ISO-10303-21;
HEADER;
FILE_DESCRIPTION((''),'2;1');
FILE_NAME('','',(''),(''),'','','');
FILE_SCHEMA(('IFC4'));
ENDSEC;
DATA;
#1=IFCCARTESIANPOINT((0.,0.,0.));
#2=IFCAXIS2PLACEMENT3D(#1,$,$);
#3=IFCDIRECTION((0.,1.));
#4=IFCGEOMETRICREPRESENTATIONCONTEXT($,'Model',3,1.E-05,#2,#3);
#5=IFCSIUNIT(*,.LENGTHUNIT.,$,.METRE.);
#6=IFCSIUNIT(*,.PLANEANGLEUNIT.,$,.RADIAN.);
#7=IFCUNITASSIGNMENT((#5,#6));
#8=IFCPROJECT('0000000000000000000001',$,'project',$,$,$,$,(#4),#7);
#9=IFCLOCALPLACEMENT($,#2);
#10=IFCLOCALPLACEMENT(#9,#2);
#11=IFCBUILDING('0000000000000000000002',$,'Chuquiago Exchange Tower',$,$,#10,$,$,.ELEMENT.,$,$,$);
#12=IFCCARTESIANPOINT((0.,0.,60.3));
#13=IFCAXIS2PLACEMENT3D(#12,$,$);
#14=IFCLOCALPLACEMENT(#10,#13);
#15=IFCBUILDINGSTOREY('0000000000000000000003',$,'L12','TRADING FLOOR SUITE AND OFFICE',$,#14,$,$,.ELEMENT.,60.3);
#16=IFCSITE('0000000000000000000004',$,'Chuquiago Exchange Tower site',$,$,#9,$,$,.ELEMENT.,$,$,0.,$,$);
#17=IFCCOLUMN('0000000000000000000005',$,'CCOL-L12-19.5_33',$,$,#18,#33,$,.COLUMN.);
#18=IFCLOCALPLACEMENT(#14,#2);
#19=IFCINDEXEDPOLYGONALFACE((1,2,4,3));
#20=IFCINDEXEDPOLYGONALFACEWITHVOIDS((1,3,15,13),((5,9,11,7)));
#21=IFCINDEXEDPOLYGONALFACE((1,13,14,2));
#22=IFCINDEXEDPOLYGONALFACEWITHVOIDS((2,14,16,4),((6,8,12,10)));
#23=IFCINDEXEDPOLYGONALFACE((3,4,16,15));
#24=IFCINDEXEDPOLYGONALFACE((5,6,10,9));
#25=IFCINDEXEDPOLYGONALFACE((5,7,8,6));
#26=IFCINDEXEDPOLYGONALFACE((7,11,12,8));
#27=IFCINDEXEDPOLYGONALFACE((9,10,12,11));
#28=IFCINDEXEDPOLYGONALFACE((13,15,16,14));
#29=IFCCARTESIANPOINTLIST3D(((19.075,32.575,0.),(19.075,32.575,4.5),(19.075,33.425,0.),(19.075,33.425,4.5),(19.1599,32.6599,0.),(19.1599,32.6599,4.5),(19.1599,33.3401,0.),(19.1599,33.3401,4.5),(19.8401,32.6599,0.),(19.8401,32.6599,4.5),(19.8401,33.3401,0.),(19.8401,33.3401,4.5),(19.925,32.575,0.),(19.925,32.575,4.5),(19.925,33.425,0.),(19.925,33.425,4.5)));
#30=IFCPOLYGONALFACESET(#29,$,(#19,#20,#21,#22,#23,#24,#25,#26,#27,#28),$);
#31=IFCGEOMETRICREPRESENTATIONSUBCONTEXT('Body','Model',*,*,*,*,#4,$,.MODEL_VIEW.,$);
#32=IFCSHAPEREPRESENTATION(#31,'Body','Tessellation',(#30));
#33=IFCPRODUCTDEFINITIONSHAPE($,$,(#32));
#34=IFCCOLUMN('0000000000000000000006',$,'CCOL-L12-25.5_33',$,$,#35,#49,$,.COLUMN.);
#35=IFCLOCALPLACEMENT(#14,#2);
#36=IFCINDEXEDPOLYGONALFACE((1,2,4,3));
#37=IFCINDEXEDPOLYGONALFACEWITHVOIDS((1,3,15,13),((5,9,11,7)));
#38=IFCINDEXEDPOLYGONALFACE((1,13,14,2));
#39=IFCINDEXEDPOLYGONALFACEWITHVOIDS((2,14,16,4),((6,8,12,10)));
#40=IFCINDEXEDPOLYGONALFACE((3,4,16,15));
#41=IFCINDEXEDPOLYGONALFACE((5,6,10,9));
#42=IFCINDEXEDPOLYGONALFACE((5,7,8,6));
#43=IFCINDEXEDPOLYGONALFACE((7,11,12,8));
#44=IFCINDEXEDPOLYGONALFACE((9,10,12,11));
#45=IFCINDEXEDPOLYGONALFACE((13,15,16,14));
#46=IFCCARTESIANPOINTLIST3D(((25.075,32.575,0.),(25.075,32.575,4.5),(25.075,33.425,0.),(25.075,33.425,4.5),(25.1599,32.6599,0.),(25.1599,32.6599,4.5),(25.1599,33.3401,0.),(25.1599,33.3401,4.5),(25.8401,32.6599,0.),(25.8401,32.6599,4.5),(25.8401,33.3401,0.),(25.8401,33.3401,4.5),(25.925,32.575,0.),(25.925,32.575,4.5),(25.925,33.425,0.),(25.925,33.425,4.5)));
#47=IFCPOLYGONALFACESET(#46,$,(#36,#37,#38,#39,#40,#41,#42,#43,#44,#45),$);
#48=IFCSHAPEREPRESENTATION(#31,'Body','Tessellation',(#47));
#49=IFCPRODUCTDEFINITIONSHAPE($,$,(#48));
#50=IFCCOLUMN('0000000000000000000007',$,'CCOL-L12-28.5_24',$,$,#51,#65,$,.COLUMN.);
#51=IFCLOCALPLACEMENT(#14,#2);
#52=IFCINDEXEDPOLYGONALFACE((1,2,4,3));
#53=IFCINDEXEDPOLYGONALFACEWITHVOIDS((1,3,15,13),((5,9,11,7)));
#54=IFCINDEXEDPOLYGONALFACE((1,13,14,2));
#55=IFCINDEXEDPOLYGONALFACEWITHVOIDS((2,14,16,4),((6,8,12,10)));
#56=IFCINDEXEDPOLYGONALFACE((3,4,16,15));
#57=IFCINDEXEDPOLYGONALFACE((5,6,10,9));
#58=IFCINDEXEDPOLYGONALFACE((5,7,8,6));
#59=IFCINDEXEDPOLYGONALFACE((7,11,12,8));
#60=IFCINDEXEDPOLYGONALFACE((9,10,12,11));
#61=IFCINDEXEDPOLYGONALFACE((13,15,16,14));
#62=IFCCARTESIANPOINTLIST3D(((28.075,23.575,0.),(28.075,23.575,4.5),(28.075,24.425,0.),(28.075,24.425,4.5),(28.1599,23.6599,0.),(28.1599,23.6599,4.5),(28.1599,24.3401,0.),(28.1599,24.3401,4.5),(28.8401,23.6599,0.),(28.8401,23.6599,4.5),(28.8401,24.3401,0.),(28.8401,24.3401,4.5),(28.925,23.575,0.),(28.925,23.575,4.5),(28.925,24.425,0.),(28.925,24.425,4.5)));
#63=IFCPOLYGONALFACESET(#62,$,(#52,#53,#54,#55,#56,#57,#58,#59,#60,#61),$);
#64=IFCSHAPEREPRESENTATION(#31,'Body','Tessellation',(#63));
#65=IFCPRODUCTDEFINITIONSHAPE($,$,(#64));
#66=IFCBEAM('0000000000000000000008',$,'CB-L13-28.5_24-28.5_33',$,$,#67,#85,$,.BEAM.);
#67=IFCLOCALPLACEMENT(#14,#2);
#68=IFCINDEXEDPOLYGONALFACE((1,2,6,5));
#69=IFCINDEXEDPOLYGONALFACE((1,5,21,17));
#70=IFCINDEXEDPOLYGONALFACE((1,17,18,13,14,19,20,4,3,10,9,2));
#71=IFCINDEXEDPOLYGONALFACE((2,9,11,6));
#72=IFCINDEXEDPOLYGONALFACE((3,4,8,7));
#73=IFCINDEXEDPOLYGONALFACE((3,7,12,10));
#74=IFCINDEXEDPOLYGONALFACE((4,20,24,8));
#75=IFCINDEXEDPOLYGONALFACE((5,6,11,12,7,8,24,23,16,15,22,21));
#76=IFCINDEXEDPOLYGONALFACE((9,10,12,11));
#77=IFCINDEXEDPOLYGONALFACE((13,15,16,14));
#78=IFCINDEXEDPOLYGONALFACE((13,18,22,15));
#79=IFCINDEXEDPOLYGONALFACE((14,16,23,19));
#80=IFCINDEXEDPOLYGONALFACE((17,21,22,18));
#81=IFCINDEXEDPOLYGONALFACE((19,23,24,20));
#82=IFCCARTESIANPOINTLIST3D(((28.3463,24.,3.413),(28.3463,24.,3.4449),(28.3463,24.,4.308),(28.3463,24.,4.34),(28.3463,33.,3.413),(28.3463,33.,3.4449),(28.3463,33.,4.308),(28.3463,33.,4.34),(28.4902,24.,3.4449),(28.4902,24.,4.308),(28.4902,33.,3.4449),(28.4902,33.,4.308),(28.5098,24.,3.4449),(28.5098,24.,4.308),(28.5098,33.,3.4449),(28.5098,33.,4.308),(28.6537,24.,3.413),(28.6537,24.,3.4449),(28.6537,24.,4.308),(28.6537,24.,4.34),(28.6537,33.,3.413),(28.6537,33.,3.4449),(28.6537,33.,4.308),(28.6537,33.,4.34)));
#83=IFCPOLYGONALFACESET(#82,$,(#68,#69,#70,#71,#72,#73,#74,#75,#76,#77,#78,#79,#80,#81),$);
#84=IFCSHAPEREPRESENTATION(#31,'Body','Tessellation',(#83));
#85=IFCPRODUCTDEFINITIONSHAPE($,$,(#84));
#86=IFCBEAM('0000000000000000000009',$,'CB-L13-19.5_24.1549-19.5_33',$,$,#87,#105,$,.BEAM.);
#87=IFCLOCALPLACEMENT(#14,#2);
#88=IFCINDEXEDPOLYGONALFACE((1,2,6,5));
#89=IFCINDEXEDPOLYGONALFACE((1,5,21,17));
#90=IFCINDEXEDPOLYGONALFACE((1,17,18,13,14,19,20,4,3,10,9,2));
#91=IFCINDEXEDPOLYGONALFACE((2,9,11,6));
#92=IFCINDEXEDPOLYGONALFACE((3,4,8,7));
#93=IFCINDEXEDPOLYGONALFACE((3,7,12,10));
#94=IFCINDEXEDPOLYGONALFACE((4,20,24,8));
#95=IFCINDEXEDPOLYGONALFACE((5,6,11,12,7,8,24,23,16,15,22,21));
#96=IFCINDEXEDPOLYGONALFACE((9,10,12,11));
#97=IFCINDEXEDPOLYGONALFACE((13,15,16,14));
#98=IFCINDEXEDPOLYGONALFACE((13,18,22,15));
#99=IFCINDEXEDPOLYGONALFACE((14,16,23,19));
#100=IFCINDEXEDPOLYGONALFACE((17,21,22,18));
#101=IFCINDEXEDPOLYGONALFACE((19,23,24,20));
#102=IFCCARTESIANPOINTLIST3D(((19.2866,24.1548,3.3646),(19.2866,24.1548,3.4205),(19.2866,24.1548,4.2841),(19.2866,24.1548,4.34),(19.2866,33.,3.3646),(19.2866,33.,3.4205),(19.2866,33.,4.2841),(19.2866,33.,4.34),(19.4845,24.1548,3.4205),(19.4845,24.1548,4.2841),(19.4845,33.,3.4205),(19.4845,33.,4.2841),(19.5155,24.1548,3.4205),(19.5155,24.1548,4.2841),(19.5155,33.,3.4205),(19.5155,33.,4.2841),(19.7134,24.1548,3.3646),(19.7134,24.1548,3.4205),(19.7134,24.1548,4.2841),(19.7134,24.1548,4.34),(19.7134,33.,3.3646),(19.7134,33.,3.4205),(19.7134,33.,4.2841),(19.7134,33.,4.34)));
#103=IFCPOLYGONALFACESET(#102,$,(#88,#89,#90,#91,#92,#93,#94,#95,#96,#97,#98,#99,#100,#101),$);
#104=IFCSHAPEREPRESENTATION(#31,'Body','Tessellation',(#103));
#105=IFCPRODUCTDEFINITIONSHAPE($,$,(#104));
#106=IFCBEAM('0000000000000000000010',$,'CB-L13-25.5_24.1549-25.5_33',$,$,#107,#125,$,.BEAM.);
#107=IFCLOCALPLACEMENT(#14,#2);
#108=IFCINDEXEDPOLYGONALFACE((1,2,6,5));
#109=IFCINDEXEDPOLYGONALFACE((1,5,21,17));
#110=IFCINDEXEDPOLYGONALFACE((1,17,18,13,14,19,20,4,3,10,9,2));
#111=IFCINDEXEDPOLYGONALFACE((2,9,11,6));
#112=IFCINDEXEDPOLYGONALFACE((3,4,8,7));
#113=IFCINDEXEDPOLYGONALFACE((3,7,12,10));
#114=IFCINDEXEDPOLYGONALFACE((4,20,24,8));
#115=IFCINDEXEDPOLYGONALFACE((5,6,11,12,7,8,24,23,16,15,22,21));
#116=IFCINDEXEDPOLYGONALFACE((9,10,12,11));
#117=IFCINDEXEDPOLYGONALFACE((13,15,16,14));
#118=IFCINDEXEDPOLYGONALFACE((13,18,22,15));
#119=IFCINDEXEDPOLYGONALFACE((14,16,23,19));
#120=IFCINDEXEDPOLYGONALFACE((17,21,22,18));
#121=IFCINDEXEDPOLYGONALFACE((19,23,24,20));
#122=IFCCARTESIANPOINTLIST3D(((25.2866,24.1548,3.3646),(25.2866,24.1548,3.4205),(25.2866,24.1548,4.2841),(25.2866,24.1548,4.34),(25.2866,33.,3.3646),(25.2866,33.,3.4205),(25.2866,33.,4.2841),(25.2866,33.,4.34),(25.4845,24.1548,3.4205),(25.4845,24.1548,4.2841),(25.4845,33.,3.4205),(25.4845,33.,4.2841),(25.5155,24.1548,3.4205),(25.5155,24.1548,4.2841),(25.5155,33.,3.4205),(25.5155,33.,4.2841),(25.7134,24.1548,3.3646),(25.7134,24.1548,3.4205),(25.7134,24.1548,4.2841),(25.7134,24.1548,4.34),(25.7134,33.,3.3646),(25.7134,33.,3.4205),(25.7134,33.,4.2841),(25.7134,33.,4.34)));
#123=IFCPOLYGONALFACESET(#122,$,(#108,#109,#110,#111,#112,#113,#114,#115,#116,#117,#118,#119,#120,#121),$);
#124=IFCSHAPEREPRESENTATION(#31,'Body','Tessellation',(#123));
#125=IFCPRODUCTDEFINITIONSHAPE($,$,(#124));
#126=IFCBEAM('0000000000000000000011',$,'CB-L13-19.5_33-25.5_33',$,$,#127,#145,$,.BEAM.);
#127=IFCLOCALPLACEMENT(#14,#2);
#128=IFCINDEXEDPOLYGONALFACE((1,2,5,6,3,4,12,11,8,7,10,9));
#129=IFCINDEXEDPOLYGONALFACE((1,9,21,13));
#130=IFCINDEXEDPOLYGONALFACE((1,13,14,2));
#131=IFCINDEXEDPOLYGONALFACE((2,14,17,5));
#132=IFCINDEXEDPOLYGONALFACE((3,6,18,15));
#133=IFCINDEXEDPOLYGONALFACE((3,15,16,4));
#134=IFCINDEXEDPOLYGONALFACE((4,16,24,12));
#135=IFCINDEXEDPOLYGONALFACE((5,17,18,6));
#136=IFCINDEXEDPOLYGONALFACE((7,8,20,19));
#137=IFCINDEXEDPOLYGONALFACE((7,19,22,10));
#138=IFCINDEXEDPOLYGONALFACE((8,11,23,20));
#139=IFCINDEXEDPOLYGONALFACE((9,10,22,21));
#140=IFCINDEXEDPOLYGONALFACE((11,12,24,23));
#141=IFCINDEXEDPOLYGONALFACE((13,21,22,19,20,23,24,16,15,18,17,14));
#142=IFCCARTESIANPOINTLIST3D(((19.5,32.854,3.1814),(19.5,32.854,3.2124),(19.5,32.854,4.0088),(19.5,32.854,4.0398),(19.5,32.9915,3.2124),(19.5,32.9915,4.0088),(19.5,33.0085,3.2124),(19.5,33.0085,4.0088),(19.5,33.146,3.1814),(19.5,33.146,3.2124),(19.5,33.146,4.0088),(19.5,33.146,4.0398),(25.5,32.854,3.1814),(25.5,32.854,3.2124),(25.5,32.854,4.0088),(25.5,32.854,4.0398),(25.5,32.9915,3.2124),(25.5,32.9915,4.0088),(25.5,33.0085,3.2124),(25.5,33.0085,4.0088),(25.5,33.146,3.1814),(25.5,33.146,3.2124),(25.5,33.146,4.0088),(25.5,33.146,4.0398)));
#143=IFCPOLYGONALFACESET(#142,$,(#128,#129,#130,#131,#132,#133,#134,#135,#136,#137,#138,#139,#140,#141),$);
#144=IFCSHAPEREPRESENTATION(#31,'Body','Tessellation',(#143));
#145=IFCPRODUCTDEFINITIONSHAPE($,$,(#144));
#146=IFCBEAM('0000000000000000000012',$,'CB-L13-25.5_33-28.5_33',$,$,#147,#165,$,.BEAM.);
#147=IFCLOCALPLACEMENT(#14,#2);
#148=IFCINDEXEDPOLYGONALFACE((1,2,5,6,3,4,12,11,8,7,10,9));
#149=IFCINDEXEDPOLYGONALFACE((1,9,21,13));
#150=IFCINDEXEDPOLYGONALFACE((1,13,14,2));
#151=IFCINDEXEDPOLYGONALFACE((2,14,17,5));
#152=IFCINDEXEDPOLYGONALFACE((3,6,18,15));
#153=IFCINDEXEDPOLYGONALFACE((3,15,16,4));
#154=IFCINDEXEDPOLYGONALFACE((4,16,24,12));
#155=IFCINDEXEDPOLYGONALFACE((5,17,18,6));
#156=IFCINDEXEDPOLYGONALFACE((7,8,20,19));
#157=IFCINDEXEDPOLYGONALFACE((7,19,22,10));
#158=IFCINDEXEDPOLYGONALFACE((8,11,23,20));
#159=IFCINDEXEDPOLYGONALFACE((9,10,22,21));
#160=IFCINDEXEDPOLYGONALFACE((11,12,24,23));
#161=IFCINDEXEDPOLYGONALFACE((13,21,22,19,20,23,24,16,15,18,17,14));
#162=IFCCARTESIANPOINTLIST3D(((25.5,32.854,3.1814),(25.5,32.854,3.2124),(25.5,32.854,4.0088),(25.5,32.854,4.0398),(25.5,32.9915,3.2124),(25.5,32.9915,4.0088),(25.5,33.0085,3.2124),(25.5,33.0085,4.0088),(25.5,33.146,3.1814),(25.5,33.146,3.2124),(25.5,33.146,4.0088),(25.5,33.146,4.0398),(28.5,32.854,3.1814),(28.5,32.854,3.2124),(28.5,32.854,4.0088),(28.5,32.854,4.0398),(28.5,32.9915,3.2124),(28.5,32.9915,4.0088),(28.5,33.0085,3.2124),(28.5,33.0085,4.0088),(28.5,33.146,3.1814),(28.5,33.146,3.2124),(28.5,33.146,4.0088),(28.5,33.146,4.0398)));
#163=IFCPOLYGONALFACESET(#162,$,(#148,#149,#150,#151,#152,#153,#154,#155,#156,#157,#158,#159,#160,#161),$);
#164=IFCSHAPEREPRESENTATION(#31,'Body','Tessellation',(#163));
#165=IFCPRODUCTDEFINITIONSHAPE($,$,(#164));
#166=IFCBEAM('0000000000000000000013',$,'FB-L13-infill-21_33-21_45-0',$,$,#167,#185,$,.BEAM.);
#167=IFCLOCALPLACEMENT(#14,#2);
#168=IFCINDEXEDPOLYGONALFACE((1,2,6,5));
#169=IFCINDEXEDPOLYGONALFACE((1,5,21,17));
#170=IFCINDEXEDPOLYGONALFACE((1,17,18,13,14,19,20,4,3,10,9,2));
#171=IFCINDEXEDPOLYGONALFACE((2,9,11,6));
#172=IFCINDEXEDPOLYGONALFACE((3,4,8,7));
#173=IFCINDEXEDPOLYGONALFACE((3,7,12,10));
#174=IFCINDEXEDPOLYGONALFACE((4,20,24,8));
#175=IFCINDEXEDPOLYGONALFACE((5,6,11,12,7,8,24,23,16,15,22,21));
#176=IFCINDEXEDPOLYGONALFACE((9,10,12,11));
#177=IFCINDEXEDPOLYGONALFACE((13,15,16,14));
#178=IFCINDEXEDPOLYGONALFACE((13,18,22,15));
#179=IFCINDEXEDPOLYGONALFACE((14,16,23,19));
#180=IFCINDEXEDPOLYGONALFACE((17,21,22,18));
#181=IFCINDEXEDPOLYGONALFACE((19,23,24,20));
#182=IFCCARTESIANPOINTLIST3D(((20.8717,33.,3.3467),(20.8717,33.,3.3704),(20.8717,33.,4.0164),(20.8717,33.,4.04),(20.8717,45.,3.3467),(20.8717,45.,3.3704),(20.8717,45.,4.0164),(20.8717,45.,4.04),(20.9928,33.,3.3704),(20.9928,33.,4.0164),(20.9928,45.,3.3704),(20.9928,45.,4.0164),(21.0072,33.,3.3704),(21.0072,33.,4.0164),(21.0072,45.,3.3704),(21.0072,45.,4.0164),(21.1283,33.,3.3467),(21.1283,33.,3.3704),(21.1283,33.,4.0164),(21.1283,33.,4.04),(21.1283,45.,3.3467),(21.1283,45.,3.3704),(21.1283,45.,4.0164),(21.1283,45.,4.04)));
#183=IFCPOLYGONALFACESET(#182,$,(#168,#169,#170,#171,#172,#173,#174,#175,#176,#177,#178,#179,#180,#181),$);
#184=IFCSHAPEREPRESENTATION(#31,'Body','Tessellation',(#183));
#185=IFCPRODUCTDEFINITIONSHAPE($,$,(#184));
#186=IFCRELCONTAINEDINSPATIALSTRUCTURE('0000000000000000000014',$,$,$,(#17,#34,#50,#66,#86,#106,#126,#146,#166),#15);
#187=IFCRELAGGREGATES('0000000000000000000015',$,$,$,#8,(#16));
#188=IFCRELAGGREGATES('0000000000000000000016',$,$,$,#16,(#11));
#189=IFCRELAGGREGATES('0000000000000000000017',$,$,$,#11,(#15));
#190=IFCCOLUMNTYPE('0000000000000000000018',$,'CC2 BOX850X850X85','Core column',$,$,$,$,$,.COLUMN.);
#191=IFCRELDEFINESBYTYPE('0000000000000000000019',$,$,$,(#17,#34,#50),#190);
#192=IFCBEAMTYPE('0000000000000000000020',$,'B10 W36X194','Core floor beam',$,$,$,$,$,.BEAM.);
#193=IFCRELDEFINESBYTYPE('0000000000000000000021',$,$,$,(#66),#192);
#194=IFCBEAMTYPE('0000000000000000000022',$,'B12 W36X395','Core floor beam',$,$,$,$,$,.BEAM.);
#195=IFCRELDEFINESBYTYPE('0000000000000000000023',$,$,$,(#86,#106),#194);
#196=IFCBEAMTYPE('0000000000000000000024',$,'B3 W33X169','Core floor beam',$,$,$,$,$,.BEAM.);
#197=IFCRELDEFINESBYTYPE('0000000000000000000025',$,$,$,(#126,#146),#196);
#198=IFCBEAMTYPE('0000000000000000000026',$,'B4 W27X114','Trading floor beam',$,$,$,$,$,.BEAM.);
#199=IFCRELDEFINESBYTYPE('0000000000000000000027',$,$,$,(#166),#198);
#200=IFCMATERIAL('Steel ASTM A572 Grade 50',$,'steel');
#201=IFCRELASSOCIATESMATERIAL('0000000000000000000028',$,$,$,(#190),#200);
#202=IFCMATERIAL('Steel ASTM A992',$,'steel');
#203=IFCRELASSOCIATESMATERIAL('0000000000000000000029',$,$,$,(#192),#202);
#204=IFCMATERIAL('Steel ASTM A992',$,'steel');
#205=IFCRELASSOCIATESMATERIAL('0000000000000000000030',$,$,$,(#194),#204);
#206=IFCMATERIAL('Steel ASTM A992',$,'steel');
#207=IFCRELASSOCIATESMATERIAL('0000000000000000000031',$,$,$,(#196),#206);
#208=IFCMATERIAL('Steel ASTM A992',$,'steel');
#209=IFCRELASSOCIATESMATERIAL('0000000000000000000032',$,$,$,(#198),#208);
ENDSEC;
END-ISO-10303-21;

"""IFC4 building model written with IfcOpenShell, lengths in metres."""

from ifc_helpers import new_model, si_unit, direction, frame, origin, origin_2d, place, context, subcontext, project, spatial, hollow_rectangle, i_section, extrude, material, material_profile, profile_set, type_object, element, save


model = new_model("IFC4")

# Units and contexts
model_context = context("Model", 3, precision=1e-05, world=origin(), true_north=direction((0.0, 1.0)))
body_context = subcontext(model_context, "Body", "Model", "MODEL_VIEW")
ifc_project = project(units=[si_unit("LENGTHUNIT", "METRE"), si_unit("PLANEANGLEUNIT", "RADIAN")], contexts=[model_context])

# Site, building, storey
site_placement = place(None, origin())
site = spatial("IfcSite", under=ifc_project, at=site_placement, Name="Chuquiago Exchange Tower site", CompositionType="ELEMENT", RefElevation=0.0)
building_placement = place(site_placement, origin())
building = spatial("IfcBuilding", under=site, at=building_placement, Name="Chuquiago Exchange Tower", CompositionType="ELEMENT")
storey_placement = place(building_placement, frame((0.0, 0.0, 60.3)))
storey = spatial("IfcBuildingStorey", under=building, at=storey_placement, Name="L12", Description="TRADING FLOOR SUITE AND OFFICE", CompositionType="ELEMENT", Elevation=60.3)

# Columns
ifc_material_1 = material(Name="Steel ASTM A572 Grade 50", Category="steel")
ifc_material_profile_1 = material_profile(ifc_material_1, hollow_rectangle(XDim=0.8501, YDim=0.8501, WallThickness=0.085, at=origin_2d()), Name="BOX850X850X85")
ifc_profile_set_1 = profile_set([ifc_material_profile_1], Name="Steel ASTM A572 Grade 50")
column_type = type_object("IfcColumnType", Name="CC2 BOX850X850X85", Description="Core column", PredefinedType="COLUMN", material=ifc_profile_set_1)
for number, where, z_axis, x_axis, name in (
    (1, (19.5, 33.0, 0.0), (0.0, 0.0, 1.0), (1.0, 0.0, 0.0), "CCOL-L12-19.5_33"),
    (2, (25.5, 33.0, 0.0), (0.0, 0.0, 1.0), (1.0, 0.0, 0.0), "CCOL-L12-25.5_33"),
    (3, (28.5, 24.0, 0.0), (0.0, 0.0, 1.0), (1.0, 0.0, 0.0), "CCOL-L12-28.5_24"),
):
    element("IfcColumn", number, at=place(storey_placement, frame(where, z_axis=z_axis, x_axis=x_axis)), inside=storey, type_object=column_type, Name=name, PredefinedType="COLUMN", context=body_context, shape_type="SweptSolid", body=[
        extrude(hollow_rectangle(XDim=0.8501, YDim=0.8501, WallThickness=0.085, at=origin_2d()), origin(), (0.0, 0.0, 1.0), 4.5),
    ])

# Beams
ifc_material_2 = material(Name="Steel ASTM A992", Category="steel")
ifc_material_profile_2 = material_profile(ifc_material_2, i_section(OverallWidth=0.3074, OverallDepth=0.927, WebThickness=0.0195, FlangeThickness=0.032, at=origin_2d()), Name="W36X194")
ifc_profile_set_2 = profile_set([ifc_material_profile_2], Name="Steel ASTM A992")
beam_type_1 = type_object("IfcBeamType", Name="B10 W36X194", Description="Core floor beam", PredefinedType="BEAM", material=ifc_profile_set_2)
beam_1_placement = place(storey_placement, frame((28.5, 24.0, 3.8765), z_axis=(0.0, 1.0, 0.0), x_axis=(-1.0, 0.0, 0.0)))
element("IfcBeam", 4, at=beam_1_placement, inside=storey, type_object=beam_type_1, Name="CB-L13-28.5_24-28.5_33", PredefinedType="BEAM", context=body_context, shape_type="SweptSolid", body=[
    extrude(i_section(OverallWidth=0.3074, OverallDepth=0.927, WebThickness=0.0195, FlangeThickness=0.032, at=origin_2d()), origin(), (0.0, 0.0, 1.0), 9.0),
])
ifc_material_3 = material(Name="Steel ASTM A992", Category="steel")
ifc_material_profile_3 = material_profile(ifc_material_3, i_section(OverallWidth=0.4268, OverallDepth=0.9753, WebThickness=0.031, FlangeThickness=0.0559, at=origin_2d()), Name="W36X395")
ifc_profile_set_3 = profile_set([ifc_material_profile_3], Name="Steel ASTM A992")
beam_type_2 = type_object("IfcBeamType", Name="B12 W36X395", Description="Core floor beam", PredefinedType="BEAM", material=ifc_profile_set_3)
for number, where, z_axis, x_axis, name in (
    (5, (19.5, 24.1548, 3.8523), (0.0, 1.0, 0.0), (-1.0, 0.0, 0.0), "CB-L13-19.5_24.1549-19.5_33"),
    (6, (25.5, 24.1548, 3.8523), (0.0, 1.0, 0.0), (-1.0, 0.0, 0.0), "CB-L13-25.5_24.1549-25.5_33"),
):
    element("IfcBeam", number, at=place(storey_placement, frame(where, z_axis=z_axis, x_axis=x_axis)), inside=storey, type_object=beam_type_2, Name=name, PredefinedType="BEAM", context=body_context, shape_type="SweptSolid", body=[
        extrude(i_section(OverallWidth=0.4268, OverallDepth=0.9753, WebThickness=0.031, FlangeThickness=0.0559, at=origin_2d()), origin(), (0.0, 0.0, 1.0), 8.8452),
    ])
ifc_material_4 = material(Name="Steel ASTM A992", Category="steel")
ifc_material_profile_4 = material_profile(ifc_material_4, i_section(OverallWidth=0.292, OverallDepth=0.8584, WebThickness=0.0171, FlangeThickness=0.031, at=origin_2d()), Name="W33X169")
ifc_profile_set_4 = profile_set([ifc_material_profile_4], Name="Steel ASTM A992")
beam_type_3 = type_object("IfcBeamType", Name="B3 W33X169", Description="Core floor beam", PredefinedType="BEAM", material=ifc_profile_set_4)
beam_2_placement = place(storey_placement, frame((19.5, 33.0, 3.6106), z_axis=(1.0, 0.0, 0.0), x_axis=(0.0, 1.0, 0.0)))
element("IfcBeam", 7, at=beam_2_placement, inside=storey, type_object=beam_type_3, Name="CB-L13-19.5_33-25.5_33", PredefinedType="BEAM", context=body_context, shape_type="SweptSolid", body=[
    extrude(i_section(OverallWidth=0.292, OverallDepth=0.8584, WebThickness=0.0171, FlangeThickness=0.031, at=origin_2d()), origin(), (0.0, 0.0, 1.0), 6.0),
])
beam_3_placement = place(storey_placement, frame((25.5, 33.0, 3.6106), z_axis=(1.0, 0.0, 0.0), x_axis=(0.0, 1.0, 0.0)))
element("IfcBeam", 8, at=beam_3_placement, inside=storey, type_object=beam_type_3, Name="CB-L13-25.5_33-28.5_33", PredefinedType="BEAM", context=body_context, shape_type="SweptSolid", body=[
    extrude(i_section(OverallWidth=0.292, OverallDepth=0.8584, WebThickness=0.0171, FlangeThickness=0.031, at=origin_2d()), origin(), (0.0, 0.0, 1.0), 3.0),
])
ifc_material_5 = material(Name="Steel ASTM A992", Category="steel")
ifc_material_profile_5 = material_profile(ifc_material_5, i_section(OverallWidth=0.2566, OverallDepth=0.6934, WebThickness=0.0144, FlangeThickness=0.0237, at=origin_2d()), Name="W27X114")
ifc_profile_set_5 = profile_set([ifc_material_profile_5], Name="Steel ASTM A992")
beam_type_4 = type_object("IfcBeamType", Name="B4 W27X114", Description="Trading floor beam", PredefinedType="BEAM", material=ifc_profile_set_5)
for number, where, z_axis, x_axis, name in (
    (9, (21.0, 33.0, 3.6934), (0.0, 1.0, 0.0), (-1.0, 0.0, 0.0), "FB-L13-infill-21_33-21_45-0"),
):
    element("IfcBeam", number, at=place(storey_placement, frame(where, z_axis=z_axis, x_axis=x_axis)), inside=storey, type_object=beam_type_4, Name=name, PredefinedType="BEAM", context=body_context, shape_type="SweptSolid", body=[
        extrude(i_section(OverallWidth=0.2566, OverallDepth=0.6934, WebThickness=0.0144, FlangeThickness=0.0237, at=origin_2d()), origin(), (0.0, 0.0, 1.0), 12.0),
    ])

save(model, "model.ifc")
